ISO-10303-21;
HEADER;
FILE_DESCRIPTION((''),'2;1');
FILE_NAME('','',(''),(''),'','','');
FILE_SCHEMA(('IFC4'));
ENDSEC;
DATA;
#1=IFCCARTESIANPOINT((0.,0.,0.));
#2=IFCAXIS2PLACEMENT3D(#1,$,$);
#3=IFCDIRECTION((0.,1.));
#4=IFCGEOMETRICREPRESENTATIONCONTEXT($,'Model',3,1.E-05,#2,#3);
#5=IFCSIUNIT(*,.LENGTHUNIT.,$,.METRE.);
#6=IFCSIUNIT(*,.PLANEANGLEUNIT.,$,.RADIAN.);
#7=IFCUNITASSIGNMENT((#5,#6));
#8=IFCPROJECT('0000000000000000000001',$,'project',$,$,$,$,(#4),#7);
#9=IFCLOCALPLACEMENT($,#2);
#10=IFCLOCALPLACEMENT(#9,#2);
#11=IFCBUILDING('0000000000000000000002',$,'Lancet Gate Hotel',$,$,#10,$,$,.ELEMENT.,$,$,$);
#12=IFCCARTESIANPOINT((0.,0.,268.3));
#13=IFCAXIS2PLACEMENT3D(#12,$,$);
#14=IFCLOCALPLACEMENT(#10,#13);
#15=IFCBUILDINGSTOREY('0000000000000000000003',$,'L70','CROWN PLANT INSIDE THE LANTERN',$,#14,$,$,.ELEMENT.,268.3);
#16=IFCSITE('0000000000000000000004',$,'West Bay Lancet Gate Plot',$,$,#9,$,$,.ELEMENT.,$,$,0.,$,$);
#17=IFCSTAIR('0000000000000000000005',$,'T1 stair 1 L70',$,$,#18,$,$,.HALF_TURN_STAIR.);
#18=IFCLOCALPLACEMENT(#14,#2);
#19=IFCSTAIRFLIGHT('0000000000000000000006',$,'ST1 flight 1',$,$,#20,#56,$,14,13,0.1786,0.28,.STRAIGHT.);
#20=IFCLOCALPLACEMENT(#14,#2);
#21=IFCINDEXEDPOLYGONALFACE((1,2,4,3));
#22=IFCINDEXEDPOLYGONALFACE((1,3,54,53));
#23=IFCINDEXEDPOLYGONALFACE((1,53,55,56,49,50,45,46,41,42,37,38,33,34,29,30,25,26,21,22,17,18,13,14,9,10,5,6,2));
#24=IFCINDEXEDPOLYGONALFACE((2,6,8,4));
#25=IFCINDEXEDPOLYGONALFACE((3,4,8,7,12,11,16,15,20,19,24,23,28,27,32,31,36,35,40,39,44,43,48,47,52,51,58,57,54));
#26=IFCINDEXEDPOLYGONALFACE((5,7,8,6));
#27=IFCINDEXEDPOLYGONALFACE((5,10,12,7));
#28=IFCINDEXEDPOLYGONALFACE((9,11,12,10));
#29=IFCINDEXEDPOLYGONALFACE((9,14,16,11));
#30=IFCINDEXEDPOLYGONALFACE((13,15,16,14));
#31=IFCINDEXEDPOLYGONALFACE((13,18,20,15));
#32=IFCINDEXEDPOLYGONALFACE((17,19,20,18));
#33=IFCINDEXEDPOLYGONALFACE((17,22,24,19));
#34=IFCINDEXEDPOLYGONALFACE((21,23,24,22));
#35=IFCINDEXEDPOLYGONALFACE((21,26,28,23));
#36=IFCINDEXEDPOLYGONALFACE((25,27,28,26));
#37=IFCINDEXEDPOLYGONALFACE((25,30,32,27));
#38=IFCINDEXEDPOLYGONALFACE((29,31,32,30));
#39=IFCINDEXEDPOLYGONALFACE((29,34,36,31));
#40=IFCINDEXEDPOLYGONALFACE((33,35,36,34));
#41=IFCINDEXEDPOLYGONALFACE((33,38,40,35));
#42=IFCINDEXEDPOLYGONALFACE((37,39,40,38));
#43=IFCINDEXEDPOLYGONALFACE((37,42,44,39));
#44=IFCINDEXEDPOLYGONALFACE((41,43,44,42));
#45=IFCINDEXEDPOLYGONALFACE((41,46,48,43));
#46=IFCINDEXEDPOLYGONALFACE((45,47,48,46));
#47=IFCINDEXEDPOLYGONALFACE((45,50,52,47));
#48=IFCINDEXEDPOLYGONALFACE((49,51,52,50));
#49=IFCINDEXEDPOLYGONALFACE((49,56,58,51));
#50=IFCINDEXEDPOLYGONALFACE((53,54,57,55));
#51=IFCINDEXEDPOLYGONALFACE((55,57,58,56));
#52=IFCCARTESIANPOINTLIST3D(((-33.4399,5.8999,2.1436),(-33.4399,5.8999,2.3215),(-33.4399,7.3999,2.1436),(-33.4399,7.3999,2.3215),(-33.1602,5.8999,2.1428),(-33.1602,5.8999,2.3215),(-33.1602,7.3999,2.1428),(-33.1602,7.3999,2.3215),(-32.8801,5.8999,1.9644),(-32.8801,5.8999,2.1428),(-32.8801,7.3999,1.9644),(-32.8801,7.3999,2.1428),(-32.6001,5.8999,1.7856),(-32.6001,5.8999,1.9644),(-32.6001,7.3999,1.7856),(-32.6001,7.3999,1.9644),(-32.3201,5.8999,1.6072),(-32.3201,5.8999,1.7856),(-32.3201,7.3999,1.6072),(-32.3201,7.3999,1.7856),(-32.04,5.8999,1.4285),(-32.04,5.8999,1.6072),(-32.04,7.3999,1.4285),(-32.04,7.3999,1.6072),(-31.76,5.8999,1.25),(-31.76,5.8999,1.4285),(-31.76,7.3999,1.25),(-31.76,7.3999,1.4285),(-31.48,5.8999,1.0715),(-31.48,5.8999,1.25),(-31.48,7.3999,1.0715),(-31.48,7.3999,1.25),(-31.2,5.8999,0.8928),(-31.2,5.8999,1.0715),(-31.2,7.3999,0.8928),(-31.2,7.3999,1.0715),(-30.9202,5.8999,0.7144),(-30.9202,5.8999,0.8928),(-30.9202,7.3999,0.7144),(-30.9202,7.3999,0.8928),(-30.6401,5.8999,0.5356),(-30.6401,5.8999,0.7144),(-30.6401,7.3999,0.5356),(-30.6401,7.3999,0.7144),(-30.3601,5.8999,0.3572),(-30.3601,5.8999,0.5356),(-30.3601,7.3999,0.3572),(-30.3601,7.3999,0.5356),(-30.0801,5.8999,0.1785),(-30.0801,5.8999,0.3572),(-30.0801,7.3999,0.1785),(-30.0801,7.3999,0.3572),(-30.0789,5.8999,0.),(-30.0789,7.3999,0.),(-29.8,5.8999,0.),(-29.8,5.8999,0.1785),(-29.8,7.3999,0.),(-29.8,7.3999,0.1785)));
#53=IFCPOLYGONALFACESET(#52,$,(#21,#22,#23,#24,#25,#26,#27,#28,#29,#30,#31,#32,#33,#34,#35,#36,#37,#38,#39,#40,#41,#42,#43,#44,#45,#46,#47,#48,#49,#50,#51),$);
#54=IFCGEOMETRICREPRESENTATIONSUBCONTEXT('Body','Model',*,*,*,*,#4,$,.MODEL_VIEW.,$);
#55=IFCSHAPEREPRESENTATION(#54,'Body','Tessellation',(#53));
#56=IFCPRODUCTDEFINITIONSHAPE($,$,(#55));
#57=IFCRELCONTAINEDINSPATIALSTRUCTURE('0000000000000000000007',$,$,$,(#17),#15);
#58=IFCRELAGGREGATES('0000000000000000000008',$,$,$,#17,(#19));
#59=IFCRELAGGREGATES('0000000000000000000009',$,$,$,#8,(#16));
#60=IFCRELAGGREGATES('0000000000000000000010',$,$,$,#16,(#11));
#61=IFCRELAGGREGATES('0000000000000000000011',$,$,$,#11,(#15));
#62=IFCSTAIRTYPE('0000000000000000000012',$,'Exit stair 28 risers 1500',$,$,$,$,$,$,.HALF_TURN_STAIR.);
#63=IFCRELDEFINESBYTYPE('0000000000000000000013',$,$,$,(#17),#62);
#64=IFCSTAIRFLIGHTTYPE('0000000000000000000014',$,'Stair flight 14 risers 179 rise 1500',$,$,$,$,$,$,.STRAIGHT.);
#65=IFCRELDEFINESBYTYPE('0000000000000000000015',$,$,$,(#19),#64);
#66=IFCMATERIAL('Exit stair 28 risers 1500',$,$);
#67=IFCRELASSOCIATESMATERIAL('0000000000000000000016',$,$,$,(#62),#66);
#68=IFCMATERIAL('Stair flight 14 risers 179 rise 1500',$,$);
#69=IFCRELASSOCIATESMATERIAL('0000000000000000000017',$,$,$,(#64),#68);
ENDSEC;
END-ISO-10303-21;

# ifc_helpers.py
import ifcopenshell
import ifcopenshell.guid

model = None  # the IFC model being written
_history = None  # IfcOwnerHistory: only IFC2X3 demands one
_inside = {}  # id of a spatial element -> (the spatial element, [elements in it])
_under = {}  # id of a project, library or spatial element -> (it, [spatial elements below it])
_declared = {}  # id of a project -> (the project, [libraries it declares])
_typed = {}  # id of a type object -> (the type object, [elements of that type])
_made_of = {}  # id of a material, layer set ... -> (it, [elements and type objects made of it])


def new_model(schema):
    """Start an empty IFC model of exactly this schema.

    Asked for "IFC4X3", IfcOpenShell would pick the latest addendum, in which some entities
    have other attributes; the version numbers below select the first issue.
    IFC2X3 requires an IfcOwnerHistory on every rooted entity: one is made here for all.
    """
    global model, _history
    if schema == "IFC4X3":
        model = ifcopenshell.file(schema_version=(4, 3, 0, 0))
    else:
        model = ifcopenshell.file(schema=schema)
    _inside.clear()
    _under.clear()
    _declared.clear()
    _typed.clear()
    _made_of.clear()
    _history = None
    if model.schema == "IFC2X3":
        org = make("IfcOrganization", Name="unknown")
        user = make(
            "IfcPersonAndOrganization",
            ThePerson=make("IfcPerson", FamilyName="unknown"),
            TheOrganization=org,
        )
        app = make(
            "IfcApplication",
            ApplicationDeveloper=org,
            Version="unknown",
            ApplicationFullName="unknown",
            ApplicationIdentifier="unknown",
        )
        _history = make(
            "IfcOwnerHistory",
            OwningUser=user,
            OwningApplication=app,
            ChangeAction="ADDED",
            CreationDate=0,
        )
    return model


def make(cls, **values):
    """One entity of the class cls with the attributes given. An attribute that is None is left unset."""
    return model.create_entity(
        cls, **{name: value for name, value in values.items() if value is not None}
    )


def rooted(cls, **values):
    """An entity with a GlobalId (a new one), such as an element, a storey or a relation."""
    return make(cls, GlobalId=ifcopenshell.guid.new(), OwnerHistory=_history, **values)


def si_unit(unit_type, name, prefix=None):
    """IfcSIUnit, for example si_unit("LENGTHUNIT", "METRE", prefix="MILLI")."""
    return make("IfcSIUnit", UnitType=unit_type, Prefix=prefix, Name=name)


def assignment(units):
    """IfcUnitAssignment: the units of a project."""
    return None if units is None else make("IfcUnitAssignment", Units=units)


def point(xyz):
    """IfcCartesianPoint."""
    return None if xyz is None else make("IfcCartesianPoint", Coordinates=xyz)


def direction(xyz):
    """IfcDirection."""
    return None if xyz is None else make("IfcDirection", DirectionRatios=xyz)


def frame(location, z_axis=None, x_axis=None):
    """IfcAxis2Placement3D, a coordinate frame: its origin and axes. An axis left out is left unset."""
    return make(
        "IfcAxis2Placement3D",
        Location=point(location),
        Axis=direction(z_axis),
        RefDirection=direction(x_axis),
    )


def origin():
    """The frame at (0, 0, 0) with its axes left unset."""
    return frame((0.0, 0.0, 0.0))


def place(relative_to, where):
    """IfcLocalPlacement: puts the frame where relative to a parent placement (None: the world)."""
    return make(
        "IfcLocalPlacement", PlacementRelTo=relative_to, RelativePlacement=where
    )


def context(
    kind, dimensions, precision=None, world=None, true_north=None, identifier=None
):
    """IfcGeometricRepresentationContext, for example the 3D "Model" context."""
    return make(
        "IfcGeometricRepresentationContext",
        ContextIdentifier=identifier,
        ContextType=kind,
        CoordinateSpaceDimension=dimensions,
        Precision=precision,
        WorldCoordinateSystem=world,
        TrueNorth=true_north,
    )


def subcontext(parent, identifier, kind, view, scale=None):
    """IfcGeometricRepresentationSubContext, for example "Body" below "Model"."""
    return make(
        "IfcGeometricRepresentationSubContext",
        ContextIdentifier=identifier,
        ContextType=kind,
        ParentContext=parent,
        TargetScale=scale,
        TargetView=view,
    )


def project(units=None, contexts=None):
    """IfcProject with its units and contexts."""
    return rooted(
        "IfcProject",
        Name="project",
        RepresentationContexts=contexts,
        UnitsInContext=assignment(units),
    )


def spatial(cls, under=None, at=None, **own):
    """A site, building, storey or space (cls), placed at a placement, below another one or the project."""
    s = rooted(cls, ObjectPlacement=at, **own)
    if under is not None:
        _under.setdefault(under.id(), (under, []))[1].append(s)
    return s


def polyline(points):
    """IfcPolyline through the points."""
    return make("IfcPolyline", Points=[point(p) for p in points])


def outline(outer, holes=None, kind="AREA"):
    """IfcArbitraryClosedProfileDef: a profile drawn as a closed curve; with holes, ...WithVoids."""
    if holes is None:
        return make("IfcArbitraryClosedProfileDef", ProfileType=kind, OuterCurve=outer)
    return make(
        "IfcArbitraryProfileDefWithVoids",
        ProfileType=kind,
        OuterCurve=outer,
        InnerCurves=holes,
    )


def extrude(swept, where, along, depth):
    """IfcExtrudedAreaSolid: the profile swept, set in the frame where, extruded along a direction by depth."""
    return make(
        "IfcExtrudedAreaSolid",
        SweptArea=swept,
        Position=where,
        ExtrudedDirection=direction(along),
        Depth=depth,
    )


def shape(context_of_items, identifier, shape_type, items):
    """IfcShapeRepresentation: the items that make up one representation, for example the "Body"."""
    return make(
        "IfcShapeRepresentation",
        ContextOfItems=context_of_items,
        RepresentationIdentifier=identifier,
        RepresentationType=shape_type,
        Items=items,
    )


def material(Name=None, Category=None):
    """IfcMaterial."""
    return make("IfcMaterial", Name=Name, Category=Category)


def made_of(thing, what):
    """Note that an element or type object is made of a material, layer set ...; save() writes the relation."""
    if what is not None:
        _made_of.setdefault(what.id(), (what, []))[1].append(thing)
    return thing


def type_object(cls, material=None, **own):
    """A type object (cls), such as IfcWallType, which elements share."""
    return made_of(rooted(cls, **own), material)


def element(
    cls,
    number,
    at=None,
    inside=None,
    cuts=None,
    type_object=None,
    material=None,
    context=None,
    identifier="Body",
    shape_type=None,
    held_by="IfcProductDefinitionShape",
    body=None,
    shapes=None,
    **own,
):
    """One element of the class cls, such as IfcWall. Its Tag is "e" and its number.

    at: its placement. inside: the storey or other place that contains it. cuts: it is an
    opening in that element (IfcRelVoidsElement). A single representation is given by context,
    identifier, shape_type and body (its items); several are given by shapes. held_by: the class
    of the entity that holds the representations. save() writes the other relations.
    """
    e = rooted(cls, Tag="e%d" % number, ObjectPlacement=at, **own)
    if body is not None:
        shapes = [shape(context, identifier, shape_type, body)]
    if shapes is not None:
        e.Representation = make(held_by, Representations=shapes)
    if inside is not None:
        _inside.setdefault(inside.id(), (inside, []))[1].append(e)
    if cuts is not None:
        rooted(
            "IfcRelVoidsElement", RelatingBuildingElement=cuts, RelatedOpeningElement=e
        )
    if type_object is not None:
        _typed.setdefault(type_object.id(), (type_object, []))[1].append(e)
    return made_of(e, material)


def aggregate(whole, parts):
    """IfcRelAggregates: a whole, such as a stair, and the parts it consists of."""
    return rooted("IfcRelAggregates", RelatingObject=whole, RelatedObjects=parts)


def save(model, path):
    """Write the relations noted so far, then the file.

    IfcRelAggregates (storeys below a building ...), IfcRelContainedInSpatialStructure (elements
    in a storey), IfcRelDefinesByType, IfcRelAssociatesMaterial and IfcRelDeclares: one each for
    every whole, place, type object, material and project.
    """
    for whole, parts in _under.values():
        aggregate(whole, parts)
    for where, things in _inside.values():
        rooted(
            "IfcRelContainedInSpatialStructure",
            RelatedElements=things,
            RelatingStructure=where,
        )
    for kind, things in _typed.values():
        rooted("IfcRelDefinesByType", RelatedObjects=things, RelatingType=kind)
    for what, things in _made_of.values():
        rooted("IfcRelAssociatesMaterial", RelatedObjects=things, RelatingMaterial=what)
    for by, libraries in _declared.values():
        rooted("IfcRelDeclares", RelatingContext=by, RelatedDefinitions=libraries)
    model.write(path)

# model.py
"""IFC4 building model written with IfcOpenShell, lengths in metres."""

from ifc_helpers import new_model, si_unit, direction, frame, origin, place, context, subcontext, project, spatial, polyline, outline, extrude, material, type_object, element, aggregate, save


model = new_model("IFC4")

# Units and contexts
model_context = context("Model", 3, precision=1e-05, world=origin(), true_north=direction((0.0, 1.0)))
body_context = subcontext(model_context, "Body", "Model", "MODEL_VIEW")
ifc_project = project(units=[si_unit("LENGTHUNIT", "METRE"), si_unit("PLANEANGLEUNIT", "RADIAN")], contexts=[model_context])

# Site, building, storey
site_placement = place(None, origin())
site = spatial("IfcSite", under=ifc_project, at=site_placement, Name="West Bay Lancet Gate Plot", CompositionType="ELEMENT", RefElevation=0.0)
building_placement = place(site_placement, origin())
building = spatial("IfcBuilding", under=site, at=building_placement, Name="Lancet Gate Hotel", CompositionType="ELEMENT")
storey_placement = place(building_placement, frame((0.0, 0.0, 268.3)))
storey = spatial("IfcBuildingStorey", under=building, at=storey_placement, Name="L70", Description="CROWN PLANT INSIDE THE LANTERN", CompositionType="ELEMENT", Elevation=268.3)

# Stair, stair flight
ifc_material_1 = material(Name="Exit stair 28 risers 1500")
stair_type = type_object("IfcStairType", Name="Exit stair 28 risers 1500", PredefinedType="HALF_TURN_STAIR", material=ifc_material_1)
stair_placement = place(storey_placement, origin())
stair = element("IfcStair", 1, at=stair_placement, inside=storey, type_object=stair_type, Name="T1 stair 1 L70", PredefinedType="HALF_TURN_STAIR")
ifc_material_2 = material(Name="Stair flight 14 risers 179 rise 1500")
stair_flight_type = type_object("IfcStairFlightType", Name="Stair flight 14 risers 179 rise 1500", PredefinedType="STRAIGHT", material=ifc_material_2)
stair_flight_placement = place(storey_placement, frame((-29.8, 6.6499, 0.0), z_axis=(0.0, 0.0, 1.0), x_axis=(-1.0, 0.0, 0.0)))
stair_flight = element("IfcStairFlight", 2, at=stair_flight_placement, type_object=stair_flight_type, Name="ST1 flight 1", NumberOfRisers=14, NumberOfTreads=13, PredefinedType="STRAIGHT", RiserHeight=0.1786, TreadLength=0.28, context=body_context, shape_type="SweptSolid", body=[
    extrude(outline(polyline([(0.0, 0.0), (0.0, 0.1785), (0.28, 0.1785), (0.28, 0.3572), (0.5601, 0.3572), (0.5601, 0.5356), (0.8401, 0.5356), (0.8401, 0.7144), (1.1201, 0.7144), (1.1201, 0.8928), (1.3999, 0.8928), (1.3999, 1.0715), (1.6799, 1.0715), (1.6799, 1.25), (1.96, 1.25), (1.96, 1.4285), (2.24, 1.4285), (2.24, 1.6072), (2.52, 1.6072), (2.52, 1.7856), (2.8, 1.7856), (2.8, 1.9644), (3.0801, 1.9644), (3.0801, 2.1428), (3.3601, 2.1428), (3.3601, 2.3215), (3.6399, 2.3215), (3.6399, 2.5), (3.6399, 2.1436), (0.2788, 0.0), (0.0, 0.0)])), frame((0.0, 0.75, 0.0), z_axis=(0.0, -1.0, 0.0), x_axis=(1.0, 0.0, 0.0)), (0.0, 0.0, 1.0), 1.5),
])
aggregate(stair, [stair_flight])

save(model, "model.ifc")
